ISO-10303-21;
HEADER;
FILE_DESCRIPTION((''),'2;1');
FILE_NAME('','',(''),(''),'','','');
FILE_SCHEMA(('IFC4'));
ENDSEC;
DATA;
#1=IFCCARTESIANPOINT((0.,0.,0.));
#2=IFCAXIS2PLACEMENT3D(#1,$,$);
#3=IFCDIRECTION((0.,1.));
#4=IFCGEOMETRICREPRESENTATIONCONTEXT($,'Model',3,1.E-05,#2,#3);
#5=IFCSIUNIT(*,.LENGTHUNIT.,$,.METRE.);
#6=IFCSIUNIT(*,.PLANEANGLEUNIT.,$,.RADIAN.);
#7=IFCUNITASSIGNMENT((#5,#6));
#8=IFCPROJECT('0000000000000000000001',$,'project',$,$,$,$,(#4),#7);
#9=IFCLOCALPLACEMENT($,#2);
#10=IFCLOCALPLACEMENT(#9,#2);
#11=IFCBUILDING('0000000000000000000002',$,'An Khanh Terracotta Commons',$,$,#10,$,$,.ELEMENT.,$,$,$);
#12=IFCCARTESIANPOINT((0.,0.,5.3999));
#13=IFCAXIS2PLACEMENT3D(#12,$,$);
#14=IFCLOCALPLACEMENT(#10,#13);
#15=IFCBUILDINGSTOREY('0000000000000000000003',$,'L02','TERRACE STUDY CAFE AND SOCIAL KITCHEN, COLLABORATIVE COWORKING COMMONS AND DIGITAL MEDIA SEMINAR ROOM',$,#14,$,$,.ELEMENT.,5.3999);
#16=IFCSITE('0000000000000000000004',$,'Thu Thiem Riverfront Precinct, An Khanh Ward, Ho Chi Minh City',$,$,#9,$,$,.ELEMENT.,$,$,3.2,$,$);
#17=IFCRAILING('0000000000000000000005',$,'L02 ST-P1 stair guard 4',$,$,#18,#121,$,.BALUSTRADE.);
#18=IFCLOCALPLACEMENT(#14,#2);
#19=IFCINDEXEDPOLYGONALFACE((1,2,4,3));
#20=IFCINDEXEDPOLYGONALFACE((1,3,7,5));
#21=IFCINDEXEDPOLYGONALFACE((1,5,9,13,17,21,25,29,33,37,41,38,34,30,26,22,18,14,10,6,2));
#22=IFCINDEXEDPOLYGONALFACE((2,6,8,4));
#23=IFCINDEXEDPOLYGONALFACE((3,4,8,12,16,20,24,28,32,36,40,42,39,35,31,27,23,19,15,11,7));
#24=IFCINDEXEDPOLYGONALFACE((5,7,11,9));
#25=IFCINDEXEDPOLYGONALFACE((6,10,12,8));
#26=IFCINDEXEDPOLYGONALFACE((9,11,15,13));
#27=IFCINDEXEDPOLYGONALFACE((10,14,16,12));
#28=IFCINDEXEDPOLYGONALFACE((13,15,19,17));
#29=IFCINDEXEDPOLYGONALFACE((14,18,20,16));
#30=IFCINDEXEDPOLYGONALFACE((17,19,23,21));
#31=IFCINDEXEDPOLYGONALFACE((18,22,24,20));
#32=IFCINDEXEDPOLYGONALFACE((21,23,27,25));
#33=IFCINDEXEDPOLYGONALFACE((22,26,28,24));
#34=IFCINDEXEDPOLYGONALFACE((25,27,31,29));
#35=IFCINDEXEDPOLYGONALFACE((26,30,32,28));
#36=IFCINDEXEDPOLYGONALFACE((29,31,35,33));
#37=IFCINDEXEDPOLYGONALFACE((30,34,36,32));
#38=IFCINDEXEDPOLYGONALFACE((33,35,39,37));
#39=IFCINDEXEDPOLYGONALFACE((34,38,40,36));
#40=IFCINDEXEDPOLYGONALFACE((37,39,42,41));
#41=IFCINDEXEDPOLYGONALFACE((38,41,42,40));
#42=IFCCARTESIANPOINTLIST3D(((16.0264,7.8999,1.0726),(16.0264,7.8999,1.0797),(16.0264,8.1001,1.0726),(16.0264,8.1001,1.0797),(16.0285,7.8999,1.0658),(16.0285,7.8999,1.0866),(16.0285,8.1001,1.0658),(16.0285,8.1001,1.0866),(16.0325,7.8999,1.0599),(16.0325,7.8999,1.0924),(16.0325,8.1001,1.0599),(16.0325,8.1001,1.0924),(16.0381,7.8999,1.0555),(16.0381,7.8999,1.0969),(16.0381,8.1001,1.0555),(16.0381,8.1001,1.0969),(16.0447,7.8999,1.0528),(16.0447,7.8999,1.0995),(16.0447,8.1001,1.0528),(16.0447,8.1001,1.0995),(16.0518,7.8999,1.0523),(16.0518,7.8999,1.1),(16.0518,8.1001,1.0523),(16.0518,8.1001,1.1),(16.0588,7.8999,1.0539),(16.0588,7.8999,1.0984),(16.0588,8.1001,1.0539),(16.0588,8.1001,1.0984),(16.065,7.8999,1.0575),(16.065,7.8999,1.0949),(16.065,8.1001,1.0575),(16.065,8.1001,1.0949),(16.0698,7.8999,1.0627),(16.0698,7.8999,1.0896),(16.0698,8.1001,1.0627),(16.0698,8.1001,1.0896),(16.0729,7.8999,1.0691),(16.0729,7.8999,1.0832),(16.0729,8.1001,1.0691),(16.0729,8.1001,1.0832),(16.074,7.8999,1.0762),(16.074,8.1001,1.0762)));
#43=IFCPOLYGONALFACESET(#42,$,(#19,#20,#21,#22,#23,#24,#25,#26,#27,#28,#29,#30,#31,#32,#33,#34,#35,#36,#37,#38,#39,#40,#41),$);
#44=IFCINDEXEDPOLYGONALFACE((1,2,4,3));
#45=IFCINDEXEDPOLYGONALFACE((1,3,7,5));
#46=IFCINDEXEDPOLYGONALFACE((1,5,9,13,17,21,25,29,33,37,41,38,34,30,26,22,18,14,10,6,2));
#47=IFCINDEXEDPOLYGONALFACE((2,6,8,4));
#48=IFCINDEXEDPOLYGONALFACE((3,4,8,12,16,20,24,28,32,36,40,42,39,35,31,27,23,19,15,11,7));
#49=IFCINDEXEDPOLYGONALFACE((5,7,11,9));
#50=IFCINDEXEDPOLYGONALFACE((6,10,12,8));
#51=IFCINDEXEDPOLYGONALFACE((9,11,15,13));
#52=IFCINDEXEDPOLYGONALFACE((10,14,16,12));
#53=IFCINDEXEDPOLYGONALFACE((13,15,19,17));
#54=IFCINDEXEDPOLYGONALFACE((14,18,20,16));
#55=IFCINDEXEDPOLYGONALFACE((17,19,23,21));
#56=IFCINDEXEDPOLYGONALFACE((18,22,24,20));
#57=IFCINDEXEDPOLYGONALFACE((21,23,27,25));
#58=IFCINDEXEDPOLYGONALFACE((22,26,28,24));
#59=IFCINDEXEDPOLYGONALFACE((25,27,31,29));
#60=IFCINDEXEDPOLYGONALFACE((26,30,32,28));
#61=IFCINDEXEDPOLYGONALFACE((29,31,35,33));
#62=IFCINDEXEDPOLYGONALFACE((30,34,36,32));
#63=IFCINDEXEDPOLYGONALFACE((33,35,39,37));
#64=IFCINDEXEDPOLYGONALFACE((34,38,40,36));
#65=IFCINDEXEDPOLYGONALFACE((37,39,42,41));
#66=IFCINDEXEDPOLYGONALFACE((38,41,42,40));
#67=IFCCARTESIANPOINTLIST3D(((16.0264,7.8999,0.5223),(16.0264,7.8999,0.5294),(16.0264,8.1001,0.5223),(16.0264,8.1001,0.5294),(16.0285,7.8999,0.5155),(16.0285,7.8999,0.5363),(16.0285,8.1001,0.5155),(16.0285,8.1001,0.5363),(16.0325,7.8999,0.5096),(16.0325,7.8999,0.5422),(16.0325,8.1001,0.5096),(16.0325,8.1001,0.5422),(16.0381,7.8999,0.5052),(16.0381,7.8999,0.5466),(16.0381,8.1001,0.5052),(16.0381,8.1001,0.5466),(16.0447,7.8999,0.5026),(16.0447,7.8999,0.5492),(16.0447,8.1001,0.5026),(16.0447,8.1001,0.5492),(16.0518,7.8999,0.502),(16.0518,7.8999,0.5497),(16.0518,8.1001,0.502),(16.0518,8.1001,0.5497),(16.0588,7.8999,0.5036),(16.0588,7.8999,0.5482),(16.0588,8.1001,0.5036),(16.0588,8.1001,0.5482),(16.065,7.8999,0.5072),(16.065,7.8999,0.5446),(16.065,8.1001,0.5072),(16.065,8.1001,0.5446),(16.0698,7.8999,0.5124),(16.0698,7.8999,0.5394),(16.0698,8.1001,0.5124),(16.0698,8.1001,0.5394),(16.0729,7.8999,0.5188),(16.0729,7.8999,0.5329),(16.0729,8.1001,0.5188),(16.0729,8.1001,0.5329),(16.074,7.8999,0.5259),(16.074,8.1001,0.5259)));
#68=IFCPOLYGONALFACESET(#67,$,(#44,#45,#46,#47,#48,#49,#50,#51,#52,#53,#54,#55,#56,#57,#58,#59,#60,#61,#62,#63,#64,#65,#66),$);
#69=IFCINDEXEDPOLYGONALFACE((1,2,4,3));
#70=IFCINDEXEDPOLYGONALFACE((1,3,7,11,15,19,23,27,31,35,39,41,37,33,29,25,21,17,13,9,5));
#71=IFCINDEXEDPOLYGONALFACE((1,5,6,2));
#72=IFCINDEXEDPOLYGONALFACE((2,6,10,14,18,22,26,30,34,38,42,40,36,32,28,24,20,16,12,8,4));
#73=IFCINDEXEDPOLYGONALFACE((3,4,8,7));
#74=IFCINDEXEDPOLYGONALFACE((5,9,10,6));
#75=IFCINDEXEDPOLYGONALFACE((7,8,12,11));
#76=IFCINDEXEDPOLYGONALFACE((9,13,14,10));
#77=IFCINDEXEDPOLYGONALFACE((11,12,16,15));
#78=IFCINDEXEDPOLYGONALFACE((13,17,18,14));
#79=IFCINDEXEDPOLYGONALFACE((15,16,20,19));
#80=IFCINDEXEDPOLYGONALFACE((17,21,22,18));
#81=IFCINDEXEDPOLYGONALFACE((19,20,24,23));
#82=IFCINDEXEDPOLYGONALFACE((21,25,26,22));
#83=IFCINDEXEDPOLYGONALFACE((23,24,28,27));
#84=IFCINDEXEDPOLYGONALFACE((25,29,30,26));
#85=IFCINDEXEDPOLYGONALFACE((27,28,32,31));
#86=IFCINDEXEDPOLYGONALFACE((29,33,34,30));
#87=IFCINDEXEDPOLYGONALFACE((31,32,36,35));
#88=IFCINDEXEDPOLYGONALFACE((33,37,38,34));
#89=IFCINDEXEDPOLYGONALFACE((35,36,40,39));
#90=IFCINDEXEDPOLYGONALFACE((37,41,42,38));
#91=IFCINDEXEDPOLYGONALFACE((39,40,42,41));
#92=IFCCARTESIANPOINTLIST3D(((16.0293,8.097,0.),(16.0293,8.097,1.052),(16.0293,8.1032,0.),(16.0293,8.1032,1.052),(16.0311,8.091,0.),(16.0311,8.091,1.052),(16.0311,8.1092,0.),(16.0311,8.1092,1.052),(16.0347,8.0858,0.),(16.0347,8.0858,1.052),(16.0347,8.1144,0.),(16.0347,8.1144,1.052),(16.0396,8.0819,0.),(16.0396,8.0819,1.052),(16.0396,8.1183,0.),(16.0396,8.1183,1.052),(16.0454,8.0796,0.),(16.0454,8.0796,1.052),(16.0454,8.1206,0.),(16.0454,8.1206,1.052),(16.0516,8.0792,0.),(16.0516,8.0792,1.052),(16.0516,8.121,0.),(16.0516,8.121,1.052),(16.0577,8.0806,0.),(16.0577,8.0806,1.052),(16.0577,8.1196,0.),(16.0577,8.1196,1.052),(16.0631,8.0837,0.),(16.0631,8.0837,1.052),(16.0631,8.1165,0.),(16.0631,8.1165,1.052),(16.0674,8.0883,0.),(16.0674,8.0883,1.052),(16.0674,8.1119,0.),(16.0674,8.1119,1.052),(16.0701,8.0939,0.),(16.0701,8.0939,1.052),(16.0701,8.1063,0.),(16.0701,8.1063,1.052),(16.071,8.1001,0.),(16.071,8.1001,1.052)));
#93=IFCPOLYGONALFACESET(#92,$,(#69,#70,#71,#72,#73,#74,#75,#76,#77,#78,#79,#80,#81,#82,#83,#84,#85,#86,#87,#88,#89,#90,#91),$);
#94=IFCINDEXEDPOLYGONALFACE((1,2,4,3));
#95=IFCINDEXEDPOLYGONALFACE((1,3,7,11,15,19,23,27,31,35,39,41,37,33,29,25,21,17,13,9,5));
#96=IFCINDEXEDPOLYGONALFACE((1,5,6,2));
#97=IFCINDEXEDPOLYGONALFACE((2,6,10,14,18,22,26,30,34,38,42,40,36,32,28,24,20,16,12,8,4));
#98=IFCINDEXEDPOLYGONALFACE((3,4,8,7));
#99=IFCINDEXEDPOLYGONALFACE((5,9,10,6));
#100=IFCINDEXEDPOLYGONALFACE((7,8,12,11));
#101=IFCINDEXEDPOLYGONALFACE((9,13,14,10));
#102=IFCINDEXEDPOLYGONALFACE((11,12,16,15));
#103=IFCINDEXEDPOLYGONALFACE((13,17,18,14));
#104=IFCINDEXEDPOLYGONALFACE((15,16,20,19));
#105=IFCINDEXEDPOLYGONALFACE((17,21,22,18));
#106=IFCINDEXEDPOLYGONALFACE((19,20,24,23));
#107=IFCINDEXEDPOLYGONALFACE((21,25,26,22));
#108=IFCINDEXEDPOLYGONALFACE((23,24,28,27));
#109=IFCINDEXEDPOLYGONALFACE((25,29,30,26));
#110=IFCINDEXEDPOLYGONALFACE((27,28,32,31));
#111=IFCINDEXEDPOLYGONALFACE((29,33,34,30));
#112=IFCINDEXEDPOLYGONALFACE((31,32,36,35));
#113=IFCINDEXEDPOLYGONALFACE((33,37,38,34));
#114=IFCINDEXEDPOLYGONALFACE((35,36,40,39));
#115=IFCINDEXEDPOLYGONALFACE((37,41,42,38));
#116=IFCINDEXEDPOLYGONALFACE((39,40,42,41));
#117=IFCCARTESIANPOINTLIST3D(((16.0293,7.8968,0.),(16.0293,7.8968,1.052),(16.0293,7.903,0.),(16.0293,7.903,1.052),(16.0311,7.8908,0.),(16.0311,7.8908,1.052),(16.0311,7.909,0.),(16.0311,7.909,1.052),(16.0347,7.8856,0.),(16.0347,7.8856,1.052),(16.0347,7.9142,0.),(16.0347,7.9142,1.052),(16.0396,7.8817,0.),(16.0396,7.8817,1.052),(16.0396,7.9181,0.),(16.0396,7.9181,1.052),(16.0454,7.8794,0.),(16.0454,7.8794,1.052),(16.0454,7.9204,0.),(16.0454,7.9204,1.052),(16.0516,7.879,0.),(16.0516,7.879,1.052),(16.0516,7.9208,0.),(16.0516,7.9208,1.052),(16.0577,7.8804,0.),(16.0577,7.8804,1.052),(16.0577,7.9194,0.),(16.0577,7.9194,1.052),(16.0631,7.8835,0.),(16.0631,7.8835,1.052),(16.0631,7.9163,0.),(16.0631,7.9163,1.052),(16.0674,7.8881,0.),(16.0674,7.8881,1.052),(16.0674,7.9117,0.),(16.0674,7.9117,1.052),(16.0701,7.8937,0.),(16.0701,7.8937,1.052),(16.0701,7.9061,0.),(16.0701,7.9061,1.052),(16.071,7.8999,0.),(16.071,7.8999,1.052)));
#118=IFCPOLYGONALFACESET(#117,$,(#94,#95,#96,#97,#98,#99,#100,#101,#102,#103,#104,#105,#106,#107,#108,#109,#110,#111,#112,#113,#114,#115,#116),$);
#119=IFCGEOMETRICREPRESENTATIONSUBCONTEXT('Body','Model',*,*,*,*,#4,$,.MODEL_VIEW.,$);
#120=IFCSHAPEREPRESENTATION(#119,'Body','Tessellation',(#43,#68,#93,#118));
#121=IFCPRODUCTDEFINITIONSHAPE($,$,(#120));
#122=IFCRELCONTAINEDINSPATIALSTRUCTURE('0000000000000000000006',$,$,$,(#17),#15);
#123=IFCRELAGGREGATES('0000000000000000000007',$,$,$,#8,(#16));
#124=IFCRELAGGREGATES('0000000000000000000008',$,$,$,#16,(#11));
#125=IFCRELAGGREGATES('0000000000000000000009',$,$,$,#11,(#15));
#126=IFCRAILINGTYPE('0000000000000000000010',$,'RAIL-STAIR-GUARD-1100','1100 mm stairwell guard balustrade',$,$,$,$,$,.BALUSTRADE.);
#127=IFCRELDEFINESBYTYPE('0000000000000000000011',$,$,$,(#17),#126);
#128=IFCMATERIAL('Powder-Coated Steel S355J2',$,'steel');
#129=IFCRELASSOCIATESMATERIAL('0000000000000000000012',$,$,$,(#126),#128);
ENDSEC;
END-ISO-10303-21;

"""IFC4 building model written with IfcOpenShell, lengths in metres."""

from ifc_helpers import new_model, si_unit, direction, frame, origin, origin_2d, place, context, subcontext, project, spatial, circle, extrude, material, type_object, element, save


model = new_model("IFC4")

# Units and contexts
model_context = context("Model", 3, precision=1e-05, world=origin(), true_north=direction((0.0, 1.0)))
body_context = subcontext(model_context, "Body", "Model", "MODEL_VIEW")
ifc_project = project(units=[si_unit("LENGTHUNIT", "METRE"), si_unit("PLANEANGLEUNIT", "RADIAN")], contexts=[model_context])

# Site, building, storey
site_placement = place(None, origin())
site = spatial("IfcSite", under=ifc_project, at=site_placement, Name="Thu Thiem Riverfront Precinct, An Khanh Ward, Ho Chi Minh City", CompositionType="ELEMENT", RefElevation=3.2)
building_placement = place(site_placement, origin())
building = spatial("IfcBuilding", under=site, at=building_placement, Name="An Khanh Terracotta Commons", CompositionType="ELEMENT")
storey_placement = place(building_placement, frame((0.0, 0.0, 5.3999)))
storey = spatial("IfcBuildingStorey", under=building, at=storey_placement, Name="L02", Description="TERRACE STUDY CAFE AND SOCIAL KITCHEN, COLLABORATIVE COWORKING COMMONS AND DIGITAL MEDIA SEMINAR ROOM", CompositionType="ELEMENT", Elevation=5.3999)

# Railing
ifc_material_1 = material(Name="Powder-Coated Steel S355J2", Category="steel")
railing_type_1 = type_object("IfcRailingType", Name="RAIL-STAIR-GUARD-1100", Description="1100 mm stairwell guard balustrade", PredefinedType="BALUSTRADE", material=ifc_material_1)
railing_1_placement = place(storey_placement, frame((16.05, 8.1001, 0.0)))
element("IfcRailing", 1, at=railing_1_placement, inside=storey, type_object=railing_type_1, Name="L02 ST-P1 stair guard 4", PredefinedType="BALUSTRADE", context=body_context, shape_type="SweptSolid", body=[
    extrude(circle(Radius=0.0239, at=origin_2d()), frame((0.0, 0.0, 1.0762), z_axis=(0.0, -1.0, 0.0), x_axis=(1.0, 0.0, 0.0)), (0.0, 0.0, 1.0), 0.2002),
    extrude(circle(Radius=0.0239, at=origin_2d()), frame((0.0, 0.0, 0.5259), z_axis=(0.0, -1.0, 0.0), x_axis=(1.0, 0.0, 0.0)), (0.0, 0.0, 1.0), 0.2002),
    extrude(circle(Radius=0.021, at=origin_2d()), origin(), (0.0, 0.0, 1.0), 1.052),
    extrude(circle(Radius=0.021, at=origin_2d()), frame((0.0, -0.2002, 0.0)), (0.0, 0.0, 1.0), 1.052),
])

save(model, "model.ifc")
